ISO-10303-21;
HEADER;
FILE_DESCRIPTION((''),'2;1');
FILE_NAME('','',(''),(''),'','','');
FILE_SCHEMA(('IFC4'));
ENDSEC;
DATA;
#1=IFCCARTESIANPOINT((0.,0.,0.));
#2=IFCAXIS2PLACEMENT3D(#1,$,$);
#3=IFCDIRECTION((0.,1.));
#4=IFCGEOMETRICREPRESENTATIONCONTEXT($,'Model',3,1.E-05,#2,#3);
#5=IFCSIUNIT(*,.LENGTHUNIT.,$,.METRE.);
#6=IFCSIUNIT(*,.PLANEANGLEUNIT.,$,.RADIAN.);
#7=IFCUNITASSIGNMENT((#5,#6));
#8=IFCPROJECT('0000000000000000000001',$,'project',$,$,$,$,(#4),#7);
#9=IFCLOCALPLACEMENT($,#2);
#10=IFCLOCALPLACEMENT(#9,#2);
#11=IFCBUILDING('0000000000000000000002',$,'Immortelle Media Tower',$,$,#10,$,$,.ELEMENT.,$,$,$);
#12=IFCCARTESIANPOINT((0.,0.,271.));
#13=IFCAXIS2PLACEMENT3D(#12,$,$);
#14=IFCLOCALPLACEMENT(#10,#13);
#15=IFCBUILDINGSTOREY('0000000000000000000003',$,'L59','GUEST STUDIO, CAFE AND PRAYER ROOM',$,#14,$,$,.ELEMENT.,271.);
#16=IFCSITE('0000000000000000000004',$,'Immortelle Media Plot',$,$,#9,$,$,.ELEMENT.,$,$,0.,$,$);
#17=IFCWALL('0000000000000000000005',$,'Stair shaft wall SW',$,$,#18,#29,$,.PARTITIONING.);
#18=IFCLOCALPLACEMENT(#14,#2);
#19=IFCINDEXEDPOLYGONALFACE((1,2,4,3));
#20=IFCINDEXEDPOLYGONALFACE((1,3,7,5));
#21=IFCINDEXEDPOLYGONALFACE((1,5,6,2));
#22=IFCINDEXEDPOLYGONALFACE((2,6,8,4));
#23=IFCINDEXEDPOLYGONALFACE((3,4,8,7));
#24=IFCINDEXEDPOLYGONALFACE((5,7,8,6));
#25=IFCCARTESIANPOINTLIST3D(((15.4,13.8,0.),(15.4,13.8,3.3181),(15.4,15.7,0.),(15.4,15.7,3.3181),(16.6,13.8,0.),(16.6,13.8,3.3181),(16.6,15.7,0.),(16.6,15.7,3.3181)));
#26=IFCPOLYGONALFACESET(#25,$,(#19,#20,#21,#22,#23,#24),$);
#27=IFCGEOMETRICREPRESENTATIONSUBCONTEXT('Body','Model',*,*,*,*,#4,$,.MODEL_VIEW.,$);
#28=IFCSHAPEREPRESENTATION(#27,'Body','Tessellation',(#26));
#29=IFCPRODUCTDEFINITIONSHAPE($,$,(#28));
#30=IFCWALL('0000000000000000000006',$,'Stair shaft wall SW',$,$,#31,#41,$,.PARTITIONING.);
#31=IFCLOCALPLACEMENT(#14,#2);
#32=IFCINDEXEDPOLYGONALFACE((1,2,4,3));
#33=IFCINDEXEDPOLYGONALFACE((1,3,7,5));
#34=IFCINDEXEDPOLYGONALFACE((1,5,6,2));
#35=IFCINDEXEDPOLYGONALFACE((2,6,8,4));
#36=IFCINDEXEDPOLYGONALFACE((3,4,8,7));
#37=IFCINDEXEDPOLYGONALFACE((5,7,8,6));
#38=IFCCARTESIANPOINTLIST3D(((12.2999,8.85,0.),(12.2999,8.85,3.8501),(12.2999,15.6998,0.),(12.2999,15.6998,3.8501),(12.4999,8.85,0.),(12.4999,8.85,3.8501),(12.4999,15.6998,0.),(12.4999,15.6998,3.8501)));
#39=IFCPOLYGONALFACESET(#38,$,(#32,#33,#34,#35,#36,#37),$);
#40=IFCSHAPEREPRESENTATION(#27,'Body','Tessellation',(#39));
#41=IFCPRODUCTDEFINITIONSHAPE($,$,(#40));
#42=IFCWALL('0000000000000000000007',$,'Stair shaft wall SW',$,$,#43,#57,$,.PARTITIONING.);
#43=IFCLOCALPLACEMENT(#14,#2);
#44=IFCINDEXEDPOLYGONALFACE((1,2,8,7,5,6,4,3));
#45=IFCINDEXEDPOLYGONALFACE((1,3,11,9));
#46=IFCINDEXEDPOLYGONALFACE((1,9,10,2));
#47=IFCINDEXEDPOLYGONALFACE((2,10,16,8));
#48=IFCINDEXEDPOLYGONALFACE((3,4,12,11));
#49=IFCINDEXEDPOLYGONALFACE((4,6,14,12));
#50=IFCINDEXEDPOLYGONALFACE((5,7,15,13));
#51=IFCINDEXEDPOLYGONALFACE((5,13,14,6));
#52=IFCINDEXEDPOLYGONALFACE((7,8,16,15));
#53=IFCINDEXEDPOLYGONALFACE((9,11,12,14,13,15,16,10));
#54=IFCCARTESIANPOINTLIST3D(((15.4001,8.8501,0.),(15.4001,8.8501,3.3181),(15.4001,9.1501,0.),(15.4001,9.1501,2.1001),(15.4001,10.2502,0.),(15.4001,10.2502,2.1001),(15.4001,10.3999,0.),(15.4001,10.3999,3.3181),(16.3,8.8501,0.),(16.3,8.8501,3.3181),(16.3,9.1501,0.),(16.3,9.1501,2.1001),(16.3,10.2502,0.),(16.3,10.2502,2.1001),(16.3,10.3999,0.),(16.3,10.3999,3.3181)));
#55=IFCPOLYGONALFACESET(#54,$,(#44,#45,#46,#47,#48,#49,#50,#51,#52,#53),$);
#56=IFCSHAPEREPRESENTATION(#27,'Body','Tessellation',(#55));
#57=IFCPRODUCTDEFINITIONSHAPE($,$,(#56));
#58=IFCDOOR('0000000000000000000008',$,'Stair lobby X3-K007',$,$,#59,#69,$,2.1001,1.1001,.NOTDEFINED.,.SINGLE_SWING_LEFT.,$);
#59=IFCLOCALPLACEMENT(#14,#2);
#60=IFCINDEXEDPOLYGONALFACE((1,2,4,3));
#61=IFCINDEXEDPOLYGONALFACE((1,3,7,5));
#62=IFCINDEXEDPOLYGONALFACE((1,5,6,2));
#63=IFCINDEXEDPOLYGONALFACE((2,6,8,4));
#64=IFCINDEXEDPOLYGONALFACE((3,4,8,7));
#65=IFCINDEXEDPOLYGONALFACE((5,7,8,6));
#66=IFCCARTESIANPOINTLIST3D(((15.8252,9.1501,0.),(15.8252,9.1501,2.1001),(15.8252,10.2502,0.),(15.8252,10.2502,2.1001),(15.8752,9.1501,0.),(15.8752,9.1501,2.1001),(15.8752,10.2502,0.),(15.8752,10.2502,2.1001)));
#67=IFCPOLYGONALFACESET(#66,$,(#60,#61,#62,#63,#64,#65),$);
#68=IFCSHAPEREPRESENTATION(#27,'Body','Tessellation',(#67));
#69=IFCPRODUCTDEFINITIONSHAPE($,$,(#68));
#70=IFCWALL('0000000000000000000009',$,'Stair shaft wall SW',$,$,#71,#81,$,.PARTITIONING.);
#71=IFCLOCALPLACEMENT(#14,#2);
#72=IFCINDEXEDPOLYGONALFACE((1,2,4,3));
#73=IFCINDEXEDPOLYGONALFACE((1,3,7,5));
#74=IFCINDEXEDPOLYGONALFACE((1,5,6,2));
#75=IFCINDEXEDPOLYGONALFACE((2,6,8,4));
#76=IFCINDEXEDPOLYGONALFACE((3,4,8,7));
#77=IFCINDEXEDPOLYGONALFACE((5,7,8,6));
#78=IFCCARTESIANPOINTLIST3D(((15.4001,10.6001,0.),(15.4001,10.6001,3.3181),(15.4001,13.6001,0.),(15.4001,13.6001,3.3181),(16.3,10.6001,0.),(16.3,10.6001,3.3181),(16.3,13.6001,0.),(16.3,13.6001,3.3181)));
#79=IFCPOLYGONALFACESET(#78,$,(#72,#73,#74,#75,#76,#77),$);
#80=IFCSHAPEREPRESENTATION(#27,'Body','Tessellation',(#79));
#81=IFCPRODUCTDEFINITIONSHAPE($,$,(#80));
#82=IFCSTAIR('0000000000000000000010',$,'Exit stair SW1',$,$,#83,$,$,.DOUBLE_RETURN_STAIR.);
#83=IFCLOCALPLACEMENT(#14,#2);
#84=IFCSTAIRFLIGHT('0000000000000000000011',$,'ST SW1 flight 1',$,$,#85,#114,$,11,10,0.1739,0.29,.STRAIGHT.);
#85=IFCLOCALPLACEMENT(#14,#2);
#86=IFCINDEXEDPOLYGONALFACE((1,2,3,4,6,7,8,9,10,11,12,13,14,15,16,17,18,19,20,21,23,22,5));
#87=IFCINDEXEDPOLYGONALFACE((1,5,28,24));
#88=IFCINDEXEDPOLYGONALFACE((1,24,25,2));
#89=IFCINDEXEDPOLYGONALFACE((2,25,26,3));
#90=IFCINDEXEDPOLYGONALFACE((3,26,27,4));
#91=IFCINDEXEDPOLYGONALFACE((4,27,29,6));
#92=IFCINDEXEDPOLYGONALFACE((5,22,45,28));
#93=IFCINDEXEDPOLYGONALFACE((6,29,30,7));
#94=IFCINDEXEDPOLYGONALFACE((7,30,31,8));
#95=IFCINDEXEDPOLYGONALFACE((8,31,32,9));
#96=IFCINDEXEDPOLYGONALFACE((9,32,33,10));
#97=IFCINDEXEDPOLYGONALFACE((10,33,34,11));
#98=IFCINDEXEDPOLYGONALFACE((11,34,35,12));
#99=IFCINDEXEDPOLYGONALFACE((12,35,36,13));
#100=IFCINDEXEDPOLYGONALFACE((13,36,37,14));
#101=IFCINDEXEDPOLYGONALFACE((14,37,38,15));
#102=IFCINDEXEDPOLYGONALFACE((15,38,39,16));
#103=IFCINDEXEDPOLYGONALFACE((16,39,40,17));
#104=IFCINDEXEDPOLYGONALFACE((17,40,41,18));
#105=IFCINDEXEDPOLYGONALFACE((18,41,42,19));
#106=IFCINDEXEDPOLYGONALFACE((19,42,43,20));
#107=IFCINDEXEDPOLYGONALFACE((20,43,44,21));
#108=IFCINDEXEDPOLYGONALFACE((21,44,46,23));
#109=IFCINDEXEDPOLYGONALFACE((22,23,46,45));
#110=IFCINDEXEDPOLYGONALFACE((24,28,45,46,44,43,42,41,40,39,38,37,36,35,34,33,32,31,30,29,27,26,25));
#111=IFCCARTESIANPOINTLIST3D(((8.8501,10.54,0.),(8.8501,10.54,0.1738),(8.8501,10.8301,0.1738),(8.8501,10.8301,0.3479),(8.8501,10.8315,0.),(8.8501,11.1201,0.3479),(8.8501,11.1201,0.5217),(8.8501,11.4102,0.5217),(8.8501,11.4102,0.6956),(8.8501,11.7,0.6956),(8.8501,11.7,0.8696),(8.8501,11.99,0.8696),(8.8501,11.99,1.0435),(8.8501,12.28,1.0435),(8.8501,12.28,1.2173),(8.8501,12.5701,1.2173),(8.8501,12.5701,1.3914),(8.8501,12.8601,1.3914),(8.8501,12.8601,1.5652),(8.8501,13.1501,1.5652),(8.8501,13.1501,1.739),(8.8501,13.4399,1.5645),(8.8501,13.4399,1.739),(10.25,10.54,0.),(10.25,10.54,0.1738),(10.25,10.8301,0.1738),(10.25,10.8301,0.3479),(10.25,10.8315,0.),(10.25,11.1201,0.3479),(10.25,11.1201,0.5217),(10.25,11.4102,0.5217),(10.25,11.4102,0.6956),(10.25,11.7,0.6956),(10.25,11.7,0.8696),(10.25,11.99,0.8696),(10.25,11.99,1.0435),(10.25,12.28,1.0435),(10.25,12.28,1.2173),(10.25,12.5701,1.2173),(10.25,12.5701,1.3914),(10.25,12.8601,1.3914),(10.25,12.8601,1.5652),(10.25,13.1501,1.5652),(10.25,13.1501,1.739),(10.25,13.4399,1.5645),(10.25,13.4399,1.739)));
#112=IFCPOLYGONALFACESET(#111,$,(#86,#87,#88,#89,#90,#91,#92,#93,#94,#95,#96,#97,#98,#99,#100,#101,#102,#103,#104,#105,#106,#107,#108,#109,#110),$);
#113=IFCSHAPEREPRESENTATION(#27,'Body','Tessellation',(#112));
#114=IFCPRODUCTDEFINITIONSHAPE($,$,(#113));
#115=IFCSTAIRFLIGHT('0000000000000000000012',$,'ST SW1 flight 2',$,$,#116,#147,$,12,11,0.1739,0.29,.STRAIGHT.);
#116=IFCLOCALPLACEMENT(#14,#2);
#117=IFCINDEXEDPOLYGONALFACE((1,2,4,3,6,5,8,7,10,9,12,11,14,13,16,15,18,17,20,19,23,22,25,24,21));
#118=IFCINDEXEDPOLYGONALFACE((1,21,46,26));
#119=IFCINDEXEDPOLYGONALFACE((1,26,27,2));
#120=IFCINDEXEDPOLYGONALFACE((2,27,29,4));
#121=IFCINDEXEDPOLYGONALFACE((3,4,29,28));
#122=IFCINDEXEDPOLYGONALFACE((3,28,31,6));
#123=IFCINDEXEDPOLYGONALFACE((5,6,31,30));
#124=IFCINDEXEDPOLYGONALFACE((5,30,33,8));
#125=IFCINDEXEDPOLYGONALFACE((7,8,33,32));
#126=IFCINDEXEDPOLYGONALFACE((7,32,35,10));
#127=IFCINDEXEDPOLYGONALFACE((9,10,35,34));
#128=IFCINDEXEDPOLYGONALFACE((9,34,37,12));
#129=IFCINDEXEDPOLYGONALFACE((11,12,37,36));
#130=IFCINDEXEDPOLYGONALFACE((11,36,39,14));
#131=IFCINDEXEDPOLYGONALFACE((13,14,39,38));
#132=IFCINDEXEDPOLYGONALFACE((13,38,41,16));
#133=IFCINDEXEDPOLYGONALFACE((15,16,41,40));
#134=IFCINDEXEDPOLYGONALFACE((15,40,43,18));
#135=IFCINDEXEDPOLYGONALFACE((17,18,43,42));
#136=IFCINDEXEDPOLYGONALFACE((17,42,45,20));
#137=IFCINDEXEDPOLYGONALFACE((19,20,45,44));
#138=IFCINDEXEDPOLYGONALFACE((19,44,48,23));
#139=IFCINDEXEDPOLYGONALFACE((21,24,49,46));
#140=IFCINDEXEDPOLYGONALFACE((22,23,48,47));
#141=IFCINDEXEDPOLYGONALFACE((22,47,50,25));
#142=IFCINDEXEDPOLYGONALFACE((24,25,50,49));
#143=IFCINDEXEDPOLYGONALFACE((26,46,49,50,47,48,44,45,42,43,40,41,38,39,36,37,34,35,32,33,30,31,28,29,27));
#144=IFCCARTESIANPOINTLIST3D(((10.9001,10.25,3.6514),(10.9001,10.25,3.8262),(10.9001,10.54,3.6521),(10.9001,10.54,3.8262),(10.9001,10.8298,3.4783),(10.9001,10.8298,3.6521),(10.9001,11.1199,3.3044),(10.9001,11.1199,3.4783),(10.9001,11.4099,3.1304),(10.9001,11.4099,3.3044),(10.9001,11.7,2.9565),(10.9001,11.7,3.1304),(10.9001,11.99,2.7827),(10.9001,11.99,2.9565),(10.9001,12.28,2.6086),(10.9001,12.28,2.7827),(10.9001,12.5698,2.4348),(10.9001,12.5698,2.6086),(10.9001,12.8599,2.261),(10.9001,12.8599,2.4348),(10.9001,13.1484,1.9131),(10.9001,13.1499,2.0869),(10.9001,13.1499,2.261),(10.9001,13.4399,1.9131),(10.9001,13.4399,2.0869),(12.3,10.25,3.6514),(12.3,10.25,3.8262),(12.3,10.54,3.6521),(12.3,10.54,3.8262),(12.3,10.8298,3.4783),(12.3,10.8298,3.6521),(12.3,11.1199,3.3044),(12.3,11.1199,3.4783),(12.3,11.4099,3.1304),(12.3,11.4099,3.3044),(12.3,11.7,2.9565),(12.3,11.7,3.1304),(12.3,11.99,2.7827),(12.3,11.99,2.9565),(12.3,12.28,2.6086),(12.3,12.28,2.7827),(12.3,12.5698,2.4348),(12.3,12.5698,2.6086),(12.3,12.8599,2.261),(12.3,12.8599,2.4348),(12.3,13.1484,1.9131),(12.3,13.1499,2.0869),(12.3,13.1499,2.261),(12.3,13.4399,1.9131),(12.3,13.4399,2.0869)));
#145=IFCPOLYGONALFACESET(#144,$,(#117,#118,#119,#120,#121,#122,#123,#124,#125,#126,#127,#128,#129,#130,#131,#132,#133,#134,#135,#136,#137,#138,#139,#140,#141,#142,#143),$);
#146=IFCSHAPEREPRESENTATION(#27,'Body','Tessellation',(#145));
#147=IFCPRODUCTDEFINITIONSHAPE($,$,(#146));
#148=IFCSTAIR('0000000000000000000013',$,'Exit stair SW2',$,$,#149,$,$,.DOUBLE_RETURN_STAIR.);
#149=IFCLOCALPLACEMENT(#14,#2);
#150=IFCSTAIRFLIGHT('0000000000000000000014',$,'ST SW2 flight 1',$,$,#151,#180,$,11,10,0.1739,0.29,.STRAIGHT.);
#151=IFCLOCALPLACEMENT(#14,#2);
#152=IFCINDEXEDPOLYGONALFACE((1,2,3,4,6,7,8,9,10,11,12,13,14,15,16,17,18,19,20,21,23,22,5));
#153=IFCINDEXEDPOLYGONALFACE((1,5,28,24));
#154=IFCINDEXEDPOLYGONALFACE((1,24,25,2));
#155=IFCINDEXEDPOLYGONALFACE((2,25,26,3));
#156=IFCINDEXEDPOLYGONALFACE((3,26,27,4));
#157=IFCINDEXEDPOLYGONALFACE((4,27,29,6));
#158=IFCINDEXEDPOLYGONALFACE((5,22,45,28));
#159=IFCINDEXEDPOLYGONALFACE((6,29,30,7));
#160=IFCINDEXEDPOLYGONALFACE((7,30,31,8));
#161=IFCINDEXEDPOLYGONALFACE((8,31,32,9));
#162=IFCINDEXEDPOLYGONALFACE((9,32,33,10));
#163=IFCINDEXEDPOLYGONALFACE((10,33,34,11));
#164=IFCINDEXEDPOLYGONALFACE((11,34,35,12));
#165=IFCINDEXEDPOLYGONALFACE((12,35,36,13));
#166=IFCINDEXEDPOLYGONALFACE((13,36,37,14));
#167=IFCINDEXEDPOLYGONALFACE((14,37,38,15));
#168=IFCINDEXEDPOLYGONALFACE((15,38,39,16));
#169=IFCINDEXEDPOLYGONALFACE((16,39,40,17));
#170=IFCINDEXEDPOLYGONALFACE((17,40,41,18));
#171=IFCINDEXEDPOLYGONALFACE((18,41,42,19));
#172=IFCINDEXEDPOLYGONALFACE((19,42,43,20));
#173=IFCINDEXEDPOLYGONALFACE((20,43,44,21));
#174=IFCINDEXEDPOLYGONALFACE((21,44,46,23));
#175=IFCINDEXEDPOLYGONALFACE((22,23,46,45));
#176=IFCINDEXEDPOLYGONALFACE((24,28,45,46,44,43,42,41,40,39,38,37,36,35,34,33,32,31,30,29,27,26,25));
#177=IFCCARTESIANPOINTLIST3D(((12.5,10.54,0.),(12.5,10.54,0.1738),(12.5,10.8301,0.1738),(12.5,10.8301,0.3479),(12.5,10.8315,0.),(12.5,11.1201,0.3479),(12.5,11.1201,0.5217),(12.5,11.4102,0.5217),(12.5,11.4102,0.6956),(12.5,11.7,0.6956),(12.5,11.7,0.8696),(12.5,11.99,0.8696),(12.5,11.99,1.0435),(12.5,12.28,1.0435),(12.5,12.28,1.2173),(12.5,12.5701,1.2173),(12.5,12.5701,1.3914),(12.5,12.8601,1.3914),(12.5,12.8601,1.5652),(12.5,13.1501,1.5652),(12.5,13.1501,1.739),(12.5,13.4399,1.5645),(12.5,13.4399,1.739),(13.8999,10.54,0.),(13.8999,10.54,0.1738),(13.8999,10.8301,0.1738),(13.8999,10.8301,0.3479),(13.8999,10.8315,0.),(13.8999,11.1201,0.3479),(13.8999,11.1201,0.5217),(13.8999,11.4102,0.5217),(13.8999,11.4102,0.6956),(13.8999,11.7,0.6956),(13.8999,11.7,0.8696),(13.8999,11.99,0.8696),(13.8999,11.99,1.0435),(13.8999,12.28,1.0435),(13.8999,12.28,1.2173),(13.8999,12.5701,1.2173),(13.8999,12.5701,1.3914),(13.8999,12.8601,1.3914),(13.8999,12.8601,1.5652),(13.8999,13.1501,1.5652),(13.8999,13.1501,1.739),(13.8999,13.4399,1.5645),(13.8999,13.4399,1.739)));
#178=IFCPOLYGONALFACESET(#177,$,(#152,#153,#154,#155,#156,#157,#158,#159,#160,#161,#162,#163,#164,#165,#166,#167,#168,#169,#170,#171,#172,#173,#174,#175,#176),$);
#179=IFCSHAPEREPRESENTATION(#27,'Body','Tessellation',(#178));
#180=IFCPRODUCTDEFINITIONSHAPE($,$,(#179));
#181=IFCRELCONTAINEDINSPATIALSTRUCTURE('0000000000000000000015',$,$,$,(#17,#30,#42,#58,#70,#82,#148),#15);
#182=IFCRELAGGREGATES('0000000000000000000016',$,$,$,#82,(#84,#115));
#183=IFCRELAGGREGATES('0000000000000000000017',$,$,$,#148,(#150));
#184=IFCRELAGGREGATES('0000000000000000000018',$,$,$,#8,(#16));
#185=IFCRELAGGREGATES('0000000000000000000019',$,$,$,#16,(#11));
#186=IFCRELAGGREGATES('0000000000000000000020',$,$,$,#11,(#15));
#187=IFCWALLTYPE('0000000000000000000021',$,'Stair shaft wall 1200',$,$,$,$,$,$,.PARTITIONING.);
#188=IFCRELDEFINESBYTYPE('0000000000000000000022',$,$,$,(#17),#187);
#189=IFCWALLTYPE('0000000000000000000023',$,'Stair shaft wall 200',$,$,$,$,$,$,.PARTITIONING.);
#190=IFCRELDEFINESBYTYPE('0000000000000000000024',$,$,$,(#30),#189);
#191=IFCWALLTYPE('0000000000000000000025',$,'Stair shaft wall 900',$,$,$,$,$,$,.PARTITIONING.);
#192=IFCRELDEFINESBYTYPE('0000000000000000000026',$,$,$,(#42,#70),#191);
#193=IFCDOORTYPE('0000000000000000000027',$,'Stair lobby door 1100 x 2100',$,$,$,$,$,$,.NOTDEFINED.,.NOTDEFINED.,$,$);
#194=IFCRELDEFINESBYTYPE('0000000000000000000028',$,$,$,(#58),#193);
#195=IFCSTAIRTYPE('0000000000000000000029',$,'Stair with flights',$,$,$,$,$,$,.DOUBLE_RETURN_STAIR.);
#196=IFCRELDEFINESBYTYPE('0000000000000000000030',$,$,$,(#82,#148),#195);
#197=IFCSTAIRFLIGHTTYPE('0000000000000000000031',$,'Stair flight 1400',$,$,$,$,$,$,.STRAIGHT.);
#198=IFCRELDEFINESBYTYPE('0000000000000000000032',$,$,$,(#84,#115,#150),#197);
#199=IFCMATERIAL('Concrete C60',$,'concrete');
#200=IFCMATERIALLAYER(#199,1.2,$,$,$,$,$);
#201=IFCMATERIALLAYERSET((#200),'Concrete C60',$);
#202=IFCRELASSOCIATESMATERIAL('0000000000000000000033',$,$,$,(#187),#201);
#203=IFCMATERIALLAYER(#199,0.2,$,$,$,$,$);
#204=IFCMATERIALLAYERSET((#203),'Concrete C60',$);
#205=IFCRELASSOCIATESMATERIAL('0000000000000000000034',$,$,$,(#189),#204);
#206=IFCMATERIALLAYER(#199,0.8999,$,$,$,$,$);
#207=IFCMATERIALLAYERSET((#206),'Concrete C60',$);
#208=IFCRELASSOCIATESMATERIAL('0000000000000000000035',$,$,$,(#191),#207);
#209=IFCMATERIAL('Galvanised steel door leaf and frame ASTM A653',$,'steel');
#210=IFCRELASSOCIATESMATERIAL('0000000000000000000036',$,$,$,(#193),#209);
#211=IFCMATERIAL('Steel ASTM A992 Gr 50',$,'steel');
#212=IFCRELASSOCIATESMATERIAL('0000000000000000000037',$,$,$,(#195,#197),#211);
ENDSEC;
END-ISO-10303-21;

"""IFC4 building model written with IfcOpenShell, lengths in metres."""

from ifc_helpers import new_model, si_unit, direction, frame, frame_2d, origin, place, context, subcontext, project, spatial, polyline, rectangle, outline, extrude, material, layer, layer_set, type_object, element, fill, aggregate, save


model = new_model("IFC4")

# Units and contexts
model_context = context("Model", 3, precision=1e-05, world=origin(), true_north=direction((0.0, 1.0)))
body_context = subcontext(model_context, "Body", "Model", "MODEL_VIEW")
ifc_project = project(units=[si_unit("LENGTHUNIT", "METRE"), si_unit("PLANEANGLEUNIT", "RADIAN")], contexts=[model_context])

# Site, building, storey
site_placement = place(None, origin())
site = spatial("IfcSite", under=ifc_project, at=site_placement, Name="Immortelle Media Plot", CompositionType="ELEMENT", RefElevation=0.0)
building_placement = place(site_placement, origin())
building = spatial("IfcBuilding", under=site, at=building_placement, Name="Immortelle Media Tower", CompositionType="ELEMENT")
storey_placement = place(building_placement, frame((0.0, 0.0, 271.0)))
storey = spatial("IfcBuildingStorey", under=building, at=storey_placement, Name="L59", Description="GUEST STUDIO, CAFE AND PRAYER ROOM", CompositionType="ELEMENT", Elevation=271.0)

# Walls
ifc_material_1 = material(Name="Concrete C60", Category="concrete")
ifc_layer_1 = layer(ifc_material_1, 1.2)
ifc_layer_set_1 = layer_set([ifc_layer_1], Name="Concrete C60")
wall_type_1 = type_object("IfcWallType", Name="Stair shaft wall 1200", PredefinedType="PARTITIONING", material=ifc_layer_set_1)
wall_1_placement = place(storey_placement, frame((16.0, 13.8, 0.0), z_axis=(0.0, 0.0, 1.0), x_axis=(0.0, 1.0, 0.0)))
element("IfcWall", 1, at=wall_1_placement, inside=storey, type_object=wall_type_1, Name="Stair shaft wall SW", PredefinedType="PARTITIONING", context=body_context, shape_type="SweptSolid", body=[
    extrude(rectangle(XDim=1.8999, YDim=1.2, at=frame_2d((0.95, 0.0))), origin(), (0.0, 0.0, 1.0), 3.3181),
])
ifc_layer_2 = layer(ifc_material_1, 0.2)
ifc_layer_set_2 = layer_set([ifc_layer_2], Name="Concrete C60")
wall_type_2 = type_object("IfcWallType", Name="Stair shaft wall 200", PredefinedType="PARTITIONING", material=ifc_layer_set_2)
wall_2_placement = place(storey_placement, frame((12.3999, 8.8501, 0.0), z_axis=(0.0, 0.0, 1.0), x_axis=(0.0, 1.0, 0.0)))
element("IfcWall", 2, at=wall_2_placement, inside=storey, type_object=wall_type_2, Name="Stair shaft wall SW", PredefinedType="PARTITIONING", context=body_context, shape_type="SweptSolid", body=[
    extrude(rectangle(XDim=6.8499, YDim=0.2, at=frame_2d((3.4248, 0.0))), origin(), (0.0, 0.0, 1.0), 3.8501),
])

# Wall, opening, door
ifc_layer_3 = layer(ifc_material_1, 0.8999)
ifc_layer_set_3 = layer_set([ifc_layer_3], Name="Concrete C60")
wall_type_3 = type_object("IfcWallType", Name="Stair shaft wall 900", PredefinedType="PARTITIONING", material=ifc_layer_set_3)
wall_3_placement = place(storey_placement, frame((15.8501, 8.8501, 0.0), z_axis=(0.0, 0.0, 1.0), x_axis=(0.0, 1.0, 0.0)))
wall_3 = element("IfcWall", 3, at=wall_3_placement, inside=storey, type_object=wall_type_3, Name="Stair shaft wall SW", PredefinedType="PARTITIONING", context=body_context, shape_type="SweptSolid", body=[
    extrude(rectangle(XDim=1.5498, YDim=0.8999, at=frame_2d((0.7749, 0.0))), origin(), (0.0, 0.0, 1.0), 3.3181),
])
opening_1_placement = place(wall_3_placement, frame((0.3, 0.0, 0.0)))
opening_1 = element("IfcOpeningElement", 4, at=opening_1_placement, cuts=wall_3, PredefinedType="OPENING", context=body_context, shape_type="SweptSolid", body=[
    extrude(rectangle(XDim=1.1001, YDim=2.1001, at=frame_2d((0.55, 1.05))), frame((0.0, 0.46, 0.0), z_axis=(0.0, -1.0, 0.0), x_axis=(1.0, 0.0, 0.0)), (0.0, 0.0, 1.0), 0.9199),
])
ifc_material_2 = material(Name="Galvanised steel door leaf and frame ASTM A653", Category="steel")
door_type_1 = type_object("IfcDoorType", Name="Stair lobby door 1100 x 2100", OperationType="NOTDEFINED", PredefinedType="NOTDEFINED", material=ifc_material_2)
door_1_placement = place(opening_1_placement, origin())
door_1 = element("IfcDoor", 5, at=door_1_placement, inside=storey, type_object=door_type_1, Name="Stair lobby X3-K007", OperationType="SINGLE_SWING_LEFT", OverallHeight=2.1001, OverallWidth=1.1001, PredefinedType="NOTDEFINED", context=body_context, shape_type="SweptSolid", body=[
    extrude(rectangle(XDim=1.1001, YDim=2.1001, at=frame_2d((0.55, 1.05))), frame((0.0, 0.0249, 0.0), z_axis=(0.0, -1.0, 0.0), x_axis=(1.0, 0.0, 0.0)), (0.0, 0.0, 1.0), 0.05),
])
fill(opening_1, door_1)

# Wall
wall_4_placement = place(storey_placement, frame((15.8501, 10.6001, 0.0), z_axis=(0.0, 0.0, 1.0), x_axis=(0.0, 1.0, 0.0)))
element("IfcWall", 6, at=wall_4_placement, inside=storey, type_object=wall_type_3, Name="Stair shaft wall SW", PredefinedType="PARTITIONING", context=body_context, shape_type="SweptSolid", body=[
    extrude(rectangle(XDim=3.0, YDim=0.8999, at=frame_2d((1.5, 0.0))), origin(), (0.0, 0.0, 1.0), 3.3181),
])

# Stairs, stair flights
ifc_material_3 = material(Name="Steel ASTM A992 Gr 50", Category="steel")
stair_type = type_object("IfcStairType", Name="Stair with flights", PredefinedType="DOUBLE_RETURN_STAIR", material=ifc_material_3)
stair_1_placement = place(storey_placement, origin())
stair_1 = element("IfcStair", 7, at=stair_1_placement, inside=storey, type_object=stair_type, Name="Exit stair SW1", PredefinedType="DOUBLE_RETURN_STAIR")
stair_flight_type = type_object("IfcStairFlightType", Name="Stair flight 1400", PredefinedType="STRAIGHT", material=ifc_material_3)
stair_flight_1_placement = place(storey_placement, frame((9.55, 10.54, 0.0), z_axis=(0.0, 0.0, 1.0), x_axis=(0.0, 1.0, 0.0)))
stair_flight_1 = element("IfcStairFlight", 8, at=stair_flight_1_placement, type_object=stair_flight_type, Name="ST SW1 flight 1", NumberOfRisers=11, NumberOfTreads=10, PredefinedType="STRAIGHT", RiserHeight=0.1739, TreadLength=0.29, context=body_context, shape_type="SweptSolid", body=[
    extrude(outline(polyline([(0.0, 0.0), (0.0, 0.1738), (0.29, 0.1738), (0.29, 0.3479), (0.5801, 0.3479), (0.5801, 0.5217), (0.8701, 0.5217), (0.8701, 0.6956), (1.1599, 0.6956), (1.1599, 0.8696), (1.45, 0.8696), (1.45, 1.0435), (1.74, 1.0435), (1.74, 1.2173), (2.03, 1.2173), (2.03, 1.3914), (2.3201, 1.3914), (2.3201, 1.5652), (2.6101, 1.5652), (2.6101, 1.739), (2.8999, 1.739), (2.8999, 1.9131), (2.8999, 1.5645), (0.2915, 0.0), (0.0, 0.0)])), frame((0.0, 0.7, 0.0), z_axis=(0.0, -1.0, 0.0), x_axis=(1.0, 0.0, 0.0)), (0.0, 0.0, 1.0), 1.3999),
])
stair_flight_2_placement = place(storey_placement, frame((11.6001, 13.4399, 1.9131), z_axis=(0.0, 0.0, 1.0), x_axis=(0.0, -1.0, 0.0)))
stair_flight_2 = element("IfcStairFlight", 9, at=stair_flight_2_placement, type_object=stair_flight_type, Name="ST SW1 flight 2", NumberOfRisers=12, NumberOfTreads=11, PredefinedType="STRAIGHT", RiserHeight=0.1739, TreadLength=0.29, context=body_context, shape_type="SweptSolid", body=[
    extrude(outline(polyline([(0.0, 0.0), (0.0, 0.1738), (0.29, 0.1738), (0.29, 0.3479), (0.5801, 0.3479), (0.5801, 0.5217), (0.8701, 0.5217), (0.8701, 0.6956), (1.1599, 0.6956), (1.1599, 0.8696), (1.45, 0.8696), (1.45, 1.0435), (1.74, 1.0435), (1.74, 1.2173), (2.03, 1.2173), (2.03, 1.3914), (2.3201, 1.3914), (2.3201, 1.5652), (2.6101, 1.5652), (2.6101, 1.739), (2.8999, 1.739), (2.8999, 1.9131), (3.1899, 1.9131), (3.1899, 2.0869), (3.1899, 1.7383), (0.2915, 0.0), (0.0, 0.0)])), frame((0.0, 0.7, 0.0), z_axis=(0.0, -1.0, 0.0), x_axis=(1.0, 0.0, 0.0)), (0.0, 0.0, 1.0), 1.3999),
])
aggregate(stair_1, [stair_flight_1, stair_flight_2])
stair_2_placement = place(storey_placement, origin())
stair_2 = element("IfcStair", 10, at=stair_2_placement, inside=storey, type_object=stair_type, Name="Exit stair SW2", PredefinedType="DOUBLE_RETURN_STAIR")
stair_flight_3_placement = place(storey_placement, frame((13.2, 10.54, 0.0), z_axis=(0.0, 0.0, 1.0), x_axis=(0.0, 1.0, 0.0)))
stair_flight_3 = element("IfcStairFlight", 11, at=stair_flight_3_placement, type_object=stair_flight_type, Name="ST SW2 flight 1", NumberOfRisers=11, NumberOfTreads=10, PredefinedType="STRAIGHT", RiserHeight=0.1739, TreadLength=0.29, context=body_context, shape_type="SweptSolid", body=[
    extrude(outline(polyline([(0.0, 0.0), (0.0, 0.1738), (0.29, 0.1738), (0.29, 0.3479), (0.5801, 0.3479), (0.5801, 0.5217), (0.8701, 0.5217), (0.8701, 0.6956), (1.1599, 0.6956), (1.1599, 0.8696), (1.45, 0.8696), (1.45, 1.0435), (1.74, 1.0435), (1.74, 1.2173), (2.03, 1.2173), (2.03, 1.3914), (2.3201, 1.3914), (2.3201, 1.5652), (2.6101, 1.5652), (2.6101, 1.739), (2.8999, 1.739), (2.8999, 1.9131), (2.8999, 1.5645), (0.2915, 0.0), (0.0, 0.0)])), frame((0.0, 0.7, 0.0), z_axis=(0.0, -1.0, 0.0), x_axis=(1.0, 0.0, 0.0)), (0.0, 0.0, 1.0), 1.3999),
])
aggregate(stair_2, [stair_flight_3])

save(model, "model.ifc")
